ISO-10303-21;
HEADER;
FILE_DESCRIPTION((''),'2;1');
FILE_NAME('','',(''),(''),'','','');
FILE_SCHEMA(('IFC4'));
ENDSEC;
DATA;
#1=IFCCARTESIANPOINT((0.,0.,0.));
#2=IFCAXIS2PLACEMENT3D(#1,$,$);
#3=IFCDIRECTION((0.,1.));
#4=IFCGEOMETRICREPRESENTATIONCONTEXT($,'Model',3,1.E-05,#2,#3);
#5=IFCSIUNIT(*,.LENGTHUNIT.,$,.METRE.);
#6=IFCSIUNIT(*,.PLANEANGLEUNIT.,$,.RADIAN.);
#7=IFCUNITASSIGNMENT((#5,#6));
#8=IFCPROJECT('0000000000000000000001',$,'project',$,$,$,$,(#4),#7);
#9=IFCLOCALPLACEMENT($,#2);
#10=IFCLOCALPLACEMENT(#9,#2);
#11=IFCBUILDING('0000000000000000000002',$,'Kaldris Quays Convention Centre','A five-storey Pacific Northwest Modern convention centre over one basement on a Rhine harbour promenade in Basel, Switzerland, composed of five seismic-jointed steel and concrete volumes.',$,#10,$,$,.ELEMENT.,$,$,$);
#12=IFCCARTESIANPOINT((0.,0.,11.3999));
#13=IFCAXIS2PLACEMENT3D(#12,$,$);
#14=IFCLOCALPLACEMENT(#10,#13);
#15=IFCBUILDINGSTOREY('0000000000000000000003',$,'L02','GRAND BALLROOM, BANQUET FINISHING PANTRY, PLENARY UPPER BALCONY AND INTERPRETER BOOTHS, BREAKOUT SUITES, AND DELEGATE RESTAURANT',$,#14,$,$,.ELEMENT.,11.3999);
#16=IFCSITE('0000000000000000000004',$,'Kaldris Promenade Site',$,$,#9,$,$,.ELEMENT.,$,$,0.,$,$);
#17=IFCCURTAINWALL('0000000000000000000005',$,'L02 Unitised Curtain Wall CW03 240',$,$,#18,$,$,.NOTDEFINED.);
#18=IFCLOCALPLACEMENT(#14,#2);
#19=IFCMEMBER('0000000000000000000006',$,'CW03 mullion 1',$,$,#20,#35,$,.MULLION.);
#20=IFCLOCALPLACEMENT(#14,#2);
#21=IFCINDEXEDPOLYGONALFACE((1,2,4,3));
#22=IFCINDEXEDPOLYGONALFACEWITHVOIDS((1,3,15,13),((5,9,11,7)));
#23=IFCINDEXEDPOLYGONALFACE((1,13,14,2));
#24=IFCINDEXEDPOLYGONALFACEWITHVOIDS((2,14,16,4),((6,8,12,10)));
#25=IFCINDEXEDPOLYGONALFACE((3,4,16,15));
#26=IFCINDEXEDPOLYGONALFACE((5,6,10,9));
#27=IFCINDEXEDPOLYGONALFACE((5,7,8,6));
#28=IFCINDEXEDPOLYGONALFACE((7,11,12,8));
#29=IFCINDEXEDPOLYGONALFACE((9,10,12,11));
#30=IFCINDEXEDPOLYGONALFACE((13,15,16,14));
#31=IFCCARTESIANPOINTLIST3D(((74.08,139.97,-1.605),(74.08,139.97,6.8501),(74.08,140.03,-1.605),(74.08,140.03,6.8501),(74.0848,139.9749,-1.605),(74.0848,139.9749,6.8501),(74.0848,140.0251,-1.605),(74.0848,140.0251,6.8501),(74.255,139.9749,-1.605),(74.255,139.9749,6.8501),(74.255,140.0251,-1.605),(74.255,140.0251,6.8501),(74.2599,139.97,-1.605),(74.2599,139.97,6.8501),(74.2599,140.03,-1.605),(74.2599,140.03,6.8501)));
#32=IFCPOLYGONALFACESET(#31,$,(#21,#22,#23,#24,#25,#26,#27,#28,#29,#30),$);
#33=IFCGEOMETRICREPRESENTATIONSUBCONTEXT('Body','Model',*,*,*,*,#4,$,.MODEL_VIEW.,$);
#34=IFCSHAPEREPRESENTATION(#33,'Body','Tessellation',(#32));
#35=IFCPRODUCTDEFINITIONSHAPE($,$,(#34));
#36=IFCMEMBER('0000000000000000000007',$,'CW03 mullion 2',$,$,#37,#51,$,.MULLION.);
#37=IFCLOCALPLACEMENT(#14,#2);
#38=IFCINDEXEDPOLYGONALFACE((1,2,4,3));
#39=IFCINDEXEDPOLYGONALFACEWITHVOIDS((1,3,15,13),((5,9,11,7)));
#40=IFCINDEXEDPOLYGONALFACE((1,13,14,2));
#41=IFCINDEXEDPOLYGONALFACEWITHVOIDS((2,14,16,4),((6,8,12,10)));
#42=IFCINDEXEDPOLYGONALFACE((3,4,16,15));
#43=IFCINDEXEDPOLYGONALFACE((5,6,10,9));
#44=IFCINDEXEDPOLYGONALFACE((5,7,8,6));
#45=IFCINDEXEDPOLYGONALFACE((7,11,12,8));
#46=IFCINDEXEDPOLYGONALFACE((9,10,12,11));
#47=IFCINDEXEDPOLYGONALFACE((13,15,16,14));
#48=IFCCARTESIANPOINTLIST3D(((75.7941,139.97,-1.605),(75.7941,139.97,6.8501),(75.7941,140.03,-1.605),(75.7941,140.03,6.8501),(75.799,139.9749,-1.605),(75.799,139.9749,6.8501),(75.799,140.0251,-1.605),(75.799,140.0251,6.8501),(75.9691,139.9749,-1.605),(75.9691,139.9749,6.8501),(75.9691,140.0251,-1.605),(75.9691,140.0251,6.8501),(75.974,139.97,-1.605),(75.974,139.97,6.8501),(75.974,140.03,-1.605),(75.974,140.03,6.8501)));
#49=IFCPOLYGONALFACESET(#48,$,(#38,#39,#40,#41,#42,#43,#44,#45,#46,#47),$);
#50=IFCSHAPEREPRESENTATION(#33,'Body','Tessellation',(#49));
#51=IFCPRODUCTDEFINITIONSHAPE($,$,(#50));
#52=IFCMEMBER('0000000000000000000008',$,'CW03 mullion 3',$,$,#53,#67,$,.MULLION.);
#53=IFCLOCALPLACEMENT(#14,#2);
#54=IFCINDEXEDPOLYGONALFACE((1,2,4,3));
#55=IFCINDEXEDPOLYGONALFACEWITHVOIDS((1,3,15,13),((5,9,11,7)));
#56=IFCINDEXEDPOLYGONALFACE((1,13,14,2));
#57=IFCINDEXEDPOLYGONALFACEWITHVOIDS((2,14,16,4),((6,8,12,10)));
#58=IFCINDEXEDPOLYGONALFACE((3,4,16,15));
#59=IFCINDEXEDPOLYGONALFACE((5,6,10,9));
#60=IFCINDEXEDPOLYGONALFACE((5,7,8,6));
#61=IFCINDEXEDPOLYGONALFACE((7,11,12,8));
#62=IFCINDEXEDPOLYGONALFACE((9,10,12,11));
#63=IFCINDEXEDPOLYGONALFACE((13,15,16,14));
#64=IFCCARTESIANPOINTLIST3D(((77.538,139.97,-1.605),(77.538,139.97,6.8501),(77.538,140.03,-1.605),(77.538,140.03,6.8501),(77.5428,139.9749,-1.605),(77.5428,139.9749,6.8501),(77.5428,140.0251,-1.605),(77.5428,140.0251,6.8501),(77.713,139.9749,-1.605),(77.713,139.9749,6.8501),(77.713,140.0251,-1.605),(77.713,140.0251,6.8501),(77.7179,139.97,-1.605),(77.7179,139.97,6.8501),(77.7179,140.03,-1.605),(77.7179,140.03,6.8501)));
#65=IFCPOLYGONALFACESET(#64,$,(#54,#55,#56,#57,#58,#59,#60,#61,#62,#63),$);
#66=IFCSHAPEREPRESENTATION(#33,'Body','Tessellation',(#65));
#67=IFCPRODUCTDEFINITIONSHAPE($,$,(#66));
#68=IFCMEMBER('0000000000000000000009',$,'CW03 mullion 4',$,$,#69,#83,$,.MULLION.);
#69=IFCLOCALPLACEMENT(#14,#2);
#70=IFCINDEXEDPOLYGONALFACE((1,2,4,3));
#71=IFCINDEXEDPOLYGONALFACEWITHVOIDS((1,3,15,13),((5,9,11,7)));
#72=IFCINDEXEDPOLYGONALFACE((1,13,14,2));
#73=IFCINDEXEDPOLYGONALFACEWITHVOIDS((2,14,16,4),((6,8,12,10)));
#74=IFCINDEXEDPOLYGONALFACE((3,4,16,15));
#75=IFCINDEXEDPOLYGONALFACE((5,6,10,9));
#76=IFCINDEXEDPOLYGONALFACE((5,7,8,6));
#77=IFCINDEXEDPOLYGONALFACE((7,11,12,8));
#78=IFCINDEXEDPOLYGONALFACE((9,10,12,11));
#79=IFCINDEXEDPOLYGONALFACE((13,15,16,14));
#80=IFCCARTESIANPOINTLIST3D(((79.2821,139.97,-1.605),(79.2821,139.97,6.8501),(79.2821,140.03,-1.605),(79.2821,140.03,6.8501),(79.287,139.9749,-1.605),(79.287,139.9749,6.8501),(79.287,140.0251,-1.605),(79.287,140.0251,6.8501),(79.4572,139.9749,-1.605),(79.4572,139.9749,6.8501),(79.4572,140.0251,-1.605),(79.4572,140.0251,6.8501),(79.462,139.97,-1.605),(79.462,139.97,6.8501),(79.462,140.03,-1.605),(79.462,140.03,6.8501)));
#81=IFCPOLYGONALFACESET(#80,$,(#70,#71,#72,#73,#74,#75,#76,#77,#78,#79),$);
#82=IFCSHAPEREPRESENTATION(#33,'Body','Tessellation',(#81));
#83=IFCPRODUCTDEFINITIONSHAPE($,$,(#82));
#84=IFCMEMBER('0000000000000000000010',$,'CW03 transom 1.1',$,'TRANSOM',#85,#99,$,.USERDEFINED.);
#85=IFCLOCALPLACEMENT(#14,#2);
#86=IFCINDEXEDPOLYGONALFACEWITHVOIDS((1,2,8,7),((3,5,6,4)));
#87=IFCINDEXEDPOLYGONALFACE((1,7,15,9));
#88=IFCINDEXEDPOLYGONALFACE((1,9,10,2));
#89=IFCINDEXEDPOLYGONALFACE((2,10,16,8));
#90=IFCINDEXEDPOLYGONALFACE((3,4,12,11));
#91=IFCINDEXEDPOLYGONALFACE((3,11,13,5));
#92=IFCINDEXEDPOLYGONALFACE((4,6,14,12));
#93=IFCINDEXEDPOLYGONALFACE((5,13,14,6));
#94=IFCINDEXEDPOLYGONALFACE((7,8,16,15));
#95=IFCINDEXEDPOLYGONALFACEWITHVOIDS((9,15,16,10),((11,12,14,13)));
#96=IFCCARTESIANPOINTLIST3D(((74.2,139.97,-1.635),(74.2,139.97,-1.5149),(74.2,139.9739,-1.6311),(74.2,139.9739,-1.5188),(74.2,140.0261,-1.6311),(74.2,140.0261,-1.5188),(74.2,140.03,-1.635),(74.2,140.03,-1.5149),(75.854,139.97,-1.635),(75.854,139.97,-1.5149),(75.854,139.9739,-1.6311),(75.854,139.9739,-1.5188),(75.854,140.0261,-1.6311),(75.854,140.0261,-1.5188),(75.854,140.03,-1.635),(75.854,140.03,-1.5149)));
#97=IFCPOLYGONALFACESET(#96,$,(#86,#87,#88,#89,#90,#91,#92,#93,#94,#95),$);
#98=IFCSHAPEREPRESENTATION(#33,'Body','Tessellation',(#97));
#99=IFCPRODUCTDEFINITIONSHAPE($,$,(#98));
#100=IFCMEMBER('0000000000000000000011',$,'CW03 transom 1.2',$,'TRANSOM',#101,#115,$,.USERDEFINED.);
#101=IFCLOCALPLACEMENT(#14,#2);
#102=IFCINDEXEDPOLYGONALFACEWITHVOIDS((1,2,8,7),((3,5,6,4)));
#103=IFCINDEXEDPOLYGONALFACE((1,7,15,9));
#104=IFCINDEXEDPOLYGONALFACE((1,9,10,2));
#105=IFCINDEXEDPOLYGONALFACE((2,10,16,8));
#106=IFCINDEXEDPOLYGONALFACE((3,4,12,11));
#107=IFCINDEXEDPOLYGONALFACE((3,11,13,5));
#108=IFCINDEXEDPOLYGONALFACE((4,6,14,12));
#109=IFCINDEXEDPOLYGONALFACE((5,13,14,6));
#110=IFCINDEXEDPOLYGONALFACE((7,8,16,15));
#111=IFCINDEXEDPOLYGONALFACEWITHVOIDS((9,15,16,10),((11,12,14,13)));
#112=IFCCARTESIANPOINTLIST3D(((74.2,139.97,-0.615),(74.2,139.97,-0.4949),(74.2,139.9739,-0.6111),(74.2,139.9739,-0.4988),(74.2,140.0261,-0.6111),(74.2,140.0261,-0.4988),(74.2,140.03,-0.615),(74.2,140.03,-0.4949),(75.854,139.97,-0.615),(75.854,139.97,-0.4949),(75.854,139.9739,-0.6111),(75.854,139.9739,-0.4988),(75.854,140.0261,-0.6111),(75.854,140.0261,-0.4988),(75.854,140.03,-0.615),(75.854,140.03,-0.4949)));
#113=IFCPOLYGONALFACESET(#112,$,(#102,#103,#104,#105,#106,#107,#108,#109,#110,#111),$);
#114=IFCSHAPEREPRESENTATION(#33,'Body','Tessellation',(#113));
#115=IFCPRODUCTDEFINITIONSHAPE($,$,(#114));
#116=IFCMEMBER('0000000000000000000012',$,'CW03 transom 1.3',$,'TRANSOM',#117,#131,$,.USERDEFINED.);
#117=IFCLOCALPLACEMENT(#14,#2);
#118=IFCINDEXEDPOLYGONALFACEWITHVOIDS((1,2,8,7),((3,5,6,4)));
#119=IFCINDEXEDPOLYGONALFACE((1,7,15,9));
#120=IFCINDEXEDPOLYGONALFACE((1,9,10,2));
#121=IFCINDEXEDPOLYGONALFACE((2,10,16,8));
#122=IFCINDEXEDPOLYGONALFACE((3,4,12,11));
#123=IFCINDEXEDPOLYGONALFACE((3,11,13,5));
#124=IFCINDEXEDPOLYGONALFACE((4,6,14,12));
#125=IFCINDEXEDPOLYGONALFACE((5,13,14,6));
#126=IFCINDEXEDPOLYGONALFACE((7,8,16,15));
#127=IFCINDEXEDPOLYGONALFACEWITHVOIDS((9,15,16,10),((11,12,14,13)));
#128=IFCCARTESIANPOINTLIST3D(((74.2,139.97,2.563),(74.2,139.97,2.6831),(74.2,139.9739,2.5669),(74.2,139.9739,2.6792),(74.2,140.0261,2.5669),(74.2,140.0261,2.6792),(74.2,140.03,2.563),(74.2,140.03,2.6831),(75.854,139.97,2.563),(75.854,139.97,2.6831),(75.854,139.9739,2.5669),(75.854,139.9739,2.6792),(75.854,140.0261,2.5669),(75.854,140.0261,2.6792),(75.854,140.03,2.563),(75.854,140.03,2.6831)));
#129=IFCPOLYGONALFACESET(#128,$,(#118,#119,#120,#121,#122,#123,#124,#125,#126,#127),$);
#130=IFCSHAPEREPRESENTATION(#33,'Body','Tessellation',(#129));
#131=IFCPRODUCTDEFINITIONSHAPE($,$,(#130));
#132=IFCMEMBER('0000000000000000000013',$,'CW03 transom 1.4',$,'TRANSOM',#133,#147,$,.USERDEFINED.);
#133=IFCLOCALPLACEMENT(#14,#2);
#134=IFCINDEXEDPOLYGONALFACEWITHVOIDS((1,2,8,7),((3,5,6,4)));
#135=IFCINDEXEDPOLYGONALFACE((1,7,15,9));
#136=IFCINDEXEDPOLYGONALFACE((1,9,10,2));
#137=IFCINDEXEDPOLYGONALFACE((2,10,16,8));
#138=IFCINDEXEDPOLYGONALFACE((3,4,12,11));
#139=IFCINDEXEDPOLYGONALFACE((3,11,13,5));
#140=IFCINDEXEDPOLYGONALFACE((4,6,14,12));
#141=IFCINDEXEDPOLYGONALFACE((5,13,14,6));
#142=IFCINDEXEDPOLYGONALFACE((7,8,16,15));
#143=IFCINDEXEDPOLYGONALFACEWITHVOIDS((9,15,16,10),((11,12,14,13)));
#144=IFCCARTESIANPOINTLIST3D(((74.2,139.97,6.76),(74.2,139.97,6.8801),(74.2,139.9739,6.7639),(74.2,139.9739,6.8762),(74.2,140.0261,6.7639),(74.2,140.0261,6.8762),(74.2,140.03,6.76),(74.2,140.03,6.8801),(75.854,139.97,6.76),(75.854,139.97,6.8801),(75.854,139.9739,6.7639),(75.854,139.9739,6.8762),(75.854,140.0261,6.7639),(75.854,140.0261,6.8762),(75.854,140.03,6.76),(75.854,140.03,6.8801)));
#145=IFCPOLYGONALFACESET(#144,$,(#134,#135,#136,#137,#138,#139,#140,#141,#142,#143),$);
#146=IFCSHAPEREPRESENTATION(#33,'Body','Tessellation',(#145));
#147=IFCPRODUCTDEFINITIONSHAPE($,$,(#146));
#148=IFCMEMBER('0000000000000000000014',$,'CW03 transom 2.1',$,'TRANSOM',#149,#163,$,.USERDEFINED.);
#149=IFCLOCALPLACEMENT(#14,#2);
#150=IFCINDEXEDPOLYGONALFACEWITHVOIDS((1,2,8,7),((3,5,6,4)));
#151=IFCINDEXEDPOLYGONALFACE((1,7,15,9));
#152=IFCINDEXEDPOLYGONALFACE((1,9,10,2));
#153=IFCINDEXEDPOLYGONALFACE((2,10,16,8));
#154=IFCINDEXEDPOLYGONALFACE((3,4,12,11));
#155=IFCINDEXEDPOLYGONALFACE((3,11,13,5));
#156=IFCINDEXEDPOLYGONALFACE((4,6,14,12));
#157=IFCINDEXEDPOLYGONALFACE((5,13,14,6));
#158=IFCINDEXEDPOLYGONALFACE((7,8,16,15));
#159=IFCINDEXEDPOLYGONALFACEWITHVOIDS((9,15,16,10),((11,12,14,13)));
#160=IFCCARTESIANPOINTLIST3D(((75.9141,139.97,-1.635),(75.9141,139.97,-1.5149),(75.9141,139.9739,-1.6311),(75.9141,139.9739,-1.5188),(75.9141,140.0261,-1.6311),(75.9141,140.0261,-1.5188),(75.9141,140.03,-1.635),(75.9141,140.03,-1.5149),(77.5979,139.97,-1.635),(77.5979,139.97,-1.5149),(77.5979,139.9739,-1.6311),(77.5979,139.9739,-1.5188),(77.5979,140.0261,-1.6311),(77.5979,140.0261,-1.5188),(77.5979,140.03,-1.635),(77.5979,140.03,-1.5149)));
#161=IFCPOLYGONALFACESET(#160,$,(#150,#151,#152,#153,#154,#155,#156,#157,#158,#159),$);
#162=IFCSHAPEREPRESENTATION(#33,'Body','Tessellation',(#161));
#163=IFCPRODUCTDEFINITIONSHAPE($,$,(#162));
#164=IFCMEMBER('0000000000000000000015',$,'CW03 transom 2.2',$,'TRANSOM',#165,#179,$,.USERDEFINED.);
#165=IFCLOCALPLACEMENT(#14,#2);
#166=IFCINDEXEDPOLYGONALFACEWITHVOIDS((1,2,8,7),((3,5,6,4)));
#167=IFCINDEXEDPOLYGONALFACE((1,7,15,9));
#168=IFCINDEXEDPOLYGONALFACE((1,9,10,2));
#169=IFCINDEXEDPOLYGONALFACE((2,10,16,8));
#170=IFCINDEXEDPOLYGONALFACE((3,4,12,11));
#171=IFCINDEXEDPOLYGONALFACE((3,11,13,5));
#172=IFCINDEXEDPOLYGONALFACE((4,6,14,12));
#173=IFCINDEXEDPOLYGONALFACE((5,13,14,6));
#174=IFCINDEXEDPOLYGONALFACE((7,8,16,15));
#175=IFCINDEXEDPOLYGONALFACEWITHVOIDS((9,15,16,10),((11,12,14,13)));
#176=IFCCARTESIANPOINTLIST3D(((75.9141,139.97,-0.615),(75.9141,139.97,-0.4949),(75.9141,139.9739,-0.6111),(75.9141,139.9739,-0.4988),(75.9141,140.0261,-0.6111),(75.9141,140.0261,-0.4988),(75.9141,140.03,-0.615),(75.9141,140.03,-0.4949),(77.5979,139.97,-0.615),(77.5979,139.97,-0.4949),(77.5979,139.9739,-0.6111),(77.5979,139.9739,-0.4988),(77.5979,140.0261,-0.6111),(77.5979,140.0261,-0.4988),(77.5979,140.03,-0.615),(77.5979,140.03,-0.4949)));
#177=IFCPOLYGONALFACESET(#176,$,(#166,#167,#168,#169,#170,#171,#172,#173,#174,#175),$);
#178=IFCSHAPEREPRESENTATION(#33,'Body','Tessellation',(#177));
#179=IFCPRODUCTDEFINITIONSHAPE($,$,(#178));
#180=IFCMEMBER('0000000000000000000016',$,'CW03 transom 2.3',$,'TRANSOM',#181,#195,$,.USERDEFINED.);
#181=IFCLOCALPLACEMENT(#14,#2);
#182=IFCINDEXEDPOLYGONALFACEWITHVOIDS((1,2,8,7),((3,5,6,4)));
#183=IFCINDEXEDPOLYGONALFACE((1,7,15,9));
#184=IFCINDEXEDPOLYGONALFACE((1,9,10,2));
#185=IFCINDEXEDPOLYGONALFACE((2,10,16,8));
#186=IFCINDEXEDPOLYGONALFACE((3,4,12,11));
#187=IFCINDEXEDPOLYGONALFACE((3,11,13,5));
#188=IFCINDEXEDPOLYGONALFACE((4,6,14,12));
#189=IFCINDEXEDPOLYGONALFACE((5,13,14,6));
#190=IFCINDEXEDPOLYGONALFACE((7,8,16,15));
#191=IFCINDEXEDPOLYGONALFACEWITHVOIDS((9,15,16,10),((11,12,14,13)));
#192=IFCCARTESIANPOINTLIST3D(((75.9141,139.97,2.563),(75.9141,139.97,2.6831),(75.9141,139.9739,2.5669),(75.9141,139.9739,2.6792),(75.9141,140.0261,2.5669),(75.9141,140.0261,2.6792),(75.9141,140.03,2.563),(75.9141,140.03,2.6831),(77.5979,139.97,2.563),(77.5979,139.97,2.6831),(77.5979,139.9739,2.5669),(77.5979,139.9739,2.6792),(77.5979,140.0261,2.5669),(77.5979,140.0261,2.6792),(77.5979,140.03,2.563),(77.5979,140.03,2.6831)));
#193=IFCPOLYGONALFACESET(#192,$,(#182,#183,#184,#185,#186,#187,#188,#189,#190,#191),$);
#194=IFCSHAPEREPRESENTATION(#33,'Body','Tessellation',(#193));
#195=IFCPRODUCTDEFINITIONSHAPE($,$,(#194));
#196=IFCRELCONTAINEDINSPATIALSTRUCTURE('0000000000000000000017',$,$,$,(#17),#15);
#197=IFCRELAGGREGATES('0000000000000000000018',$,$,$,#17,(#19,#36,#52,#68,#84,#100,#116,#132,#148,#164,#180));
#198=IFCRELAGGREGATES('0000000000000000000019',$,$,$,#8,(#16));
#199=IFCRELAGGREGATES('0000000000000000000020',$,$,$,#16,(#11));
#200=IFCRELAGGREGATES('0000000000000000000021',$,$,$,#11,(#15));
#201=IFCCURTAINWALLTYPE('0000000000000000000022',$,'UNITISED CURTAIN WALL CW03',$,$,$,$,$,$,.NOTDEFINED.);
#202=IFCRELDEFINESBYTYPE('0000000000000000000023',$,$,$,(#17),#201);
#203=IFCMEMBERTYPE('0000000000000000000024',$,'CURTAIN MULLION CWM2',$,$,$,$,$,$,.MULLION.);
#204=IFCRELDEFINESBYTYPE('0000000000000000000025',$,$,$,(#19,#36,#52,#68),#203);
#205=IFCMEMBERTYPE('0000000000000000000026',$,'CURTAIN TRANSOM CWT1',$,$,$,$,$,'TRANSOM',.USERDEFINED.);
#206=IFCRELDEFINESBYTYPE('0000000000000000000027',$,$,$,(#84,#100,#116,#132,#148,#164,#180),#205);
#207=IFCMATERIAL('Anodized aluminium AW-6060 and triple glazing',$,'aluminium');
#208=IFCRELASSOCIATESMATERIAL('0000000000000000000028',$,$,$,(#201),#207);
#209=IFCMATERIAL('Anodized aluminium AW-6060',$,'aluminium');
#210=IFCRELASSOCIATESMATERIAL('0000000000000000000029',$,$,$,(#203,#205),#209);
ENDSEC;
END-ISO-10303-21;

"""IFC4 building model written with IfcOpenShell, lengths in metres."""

from ifc_helpers import new_model, si_unit, direction, frame, origin, origin_2d, place, context, subcontext, project, spatial, hollow_rectangle, extrude, material, material_profile, profile_set, type_object, element, aggregate, save


model = new_model("IFC4")

# Units and contexts
model_context = context("Model", 3, precision=1e-05, world=origin(), true_north=direction((0.0, 1.0)))
body_context = subcontext(model_context, "Body", "Model", "MODEL_VIEW")
ifc_project = project(units=[si_unit("LENGTHUNIT", "METRE"), si_unit("PLANEANGLEUNIT", "RADIAN")], contexts=[model_context])

# Site, building, storey
site_placement = place(None, origin())
site = spatial("IfcSite", under=ifc_project, at=site_placement, Name="Kaldris Promenade Site", CompositionType="ELEMENT", RefElevation=0.0)
building_placement = place(site_placement, origin())
building = spatial("IfcBuilding", under=site, at=building_placement, Name="Kaldris Quays Convention Centre", Description="A five-storey Pacific Northwest Modern convention centre over one basement on a Rhine harbour promenade in Basel, Switzerland, composed of five seismic-jointed steel and concrete volumes.", CompositionType="ELEMENT")
storey_placement = place(building_placement, frame((0.0, 0.0, 11.3999)))
storey = spatial("IfcBuildingStorey", under=building, at=storey_placement, Name="L02", Description="GRAND BALLROOM, BANQUET FINISHING PANTRY, PLENARY UPPER BALCONY AND INTERPRETER BOOTHS, BREAKOUT SUITES, AND DELEGATE RESTAURANT", CompositionType="ELEMENT", Elevation=11.3999)

# Curtain wall, members
ifc_material_1 = material(Name="Anodized aluminium AW-6060 and triple glazing", Category="aluminium")
curtain_wall_type = type_object("IfcCurtainWallType", Name="UNITISED CURTAIN WALL CW03", PredefinedType="NOTDEFINED", material=ifc_material_1)
curtain_wall_placement = place(storey_placement, origin())
curtain_wall = element("IfcCurtainWall", 1, at=curtain_wall_placement, inside=storey, type_object=curtain_wall_type, Name="L02 Unitised Curtain Wall CW03 240", PredefinedType="NOTDEFINED")
ifc_material_2 = material(Name="Anodized aluminium AW-6060", Category="aluminium")
ifc_material_profile_1 = material_profile(ifc_material_2, hollow_rectangle(XDim=0.0601, YDim=0.1799, WallThickness=0.0049, at=origin_2d()), Name="RHS 180x60x5")
ifc_profile_set_1 = profile_set([ifc_material_profile_1], Name="Anodized aluminium AW-6060")
member_type_1 = type_object("IfcMemberType", Name="CURTAIN MULLION CWM2", PredefinedType="MULLION", material=ifc_profile_set_1)
member_1_placement = place(storey_placement, frame((74.1699, 140.0, -1.605), z_axis=(0.0, 0.0, 1.0), x_axis=(0.0, 1.0, 0.0)))
member_1 = element("IfcMember", 2, at=member_1_placement, type_object=member_type_1, Name="CW03 mullion 1", PredefinedType="MULLION", context=body_context, shape_type="SweptSolid", body=[
    extrude(hollow_rectangle(XDim=0.0601, YDim=0.1799, WallThickness=0.0049, at=origin_2d()), origin(), (0.0, 0.0, 1.0), 8.4551),
])
member_2_placement = place(storey_placement, frame((75.884, 140.0, -1.605), z_axis=(0.0, 0.0, 1.0), x_axis=(0.0, 1.0, 0.0)))
member_2 = element("IfcMember", 3, at=member_2_placement, type_object=member_type_1, Name="CW03 mullion 2", PredefinedType="MULLION", context=body_context, shape_type="SweptSolid", body=[
    extrude(hollow_rectangle(XDim=0.0601, YDim=0.1799, WallThickness=0.0049, at=origin_2d()), origin(), (0.0, 0.0, 1.0), 8.4551),
])
member_3_placement = place(storey_placement, frame((77.6279, 140.0, -1.605), z_axis=(0.0, 0.0, 1.0), x_axis=(0.0, 1.0, 0.0)))
member_3 = element("IfcMember", 4, at=member_3_placement, type_object=member_type_1, Name="CW03 mullion 3", PredefinedType="MULLION", context=body_context, shape_type="SweptSolid", body=[
    extrude(hollow_rectangle(XDim=0.0601, YDim=0.1799, WallThickness=0.0049, at=origin_2d()), origin(), (0.0, 0.0, 1.0), 8.4551),
])
member_4_placement = place(storey_placement, frame((79.3721, 140.0, -1.605), z_axis=(0.0, 0.0, 1.0), x_axis=(0.0, 1.0, 0.0)))
member_4 = element("IfcMember", 5, at=member_4_placement, type_object=member_type_1, Name="CW03 mullion 4", PredefinedType="MULLION", context=body_context, shape_type="SweptSolid", body=[
    extrude(hollow_rectangle(XDim=0.0601, YDim=0.1799, WallThickness=0.0049, at=origin_2d()), origin(), (0.0, 0.0, 1.0), 8.4551),
])
ifc_material_profile_2 = material_profile(ifc_material_2, hollow_rectangle(XDim=0.0601, YDim=0.1201, WallThickness=0.0039, at=origin_2d()), Name="RHS 120x60x4")
ifc_profile_set_2 = profile_set([ifc_material_profile_2], Name="Anodized aluminium AW-6060")
member_type_2 = type_object("IfcMemberType", Name="CURTAIN TRANSOM CWT1", ElementType="TRANSOM", PredefinedType="USERDEFINED", material=ifc_profile_set_2)
member_5_placement = place(storey_placement, frame((74.2, 140.0, -1.575), z_axis=(1.0, 0.0, 0.0), x_axis=(0.0, 1.0, 0.0)))
member_5 = element("IfcMember", 6, at=member_5_placement, type_object=member_type_2, Name="CW03 transom 1.1", ObjectType="TRANSOM", PredefinedType="USERDEFINED", context=body_context, shape_type="SweptSolid", body=[
    extrude(hollow_rectangle(XDim=0.0601, YDim=0.1201, WallThickness=0.0039, at=origin_2d()), origin(), (0.0, 0.0, 1.0), 1.6541),
])
member_6_placement = place(storey_placement, frame((74.2, 140.0, -0.5549), z_axis=(1.0, 0.0, 0.0), x_axis=(0.0, 1.0, 0.0)))
member_6 = element("IfcMember", 7, at=member_6_placement, type_object=member_type_2, Name="CW03 transom 1.2", ObjectType="TRANSOM", PredefinedType="USERDEFINED", context=body_context, shape_type="SweptSolid", body=[
    extrude(hollow_rectangle(XDim=0.0601, YDim=0.1201, WallThickness=0.0039, at=origin_2d()), origin(), (0.0, 0.0, 1.0), 1.6541),
])
member_7_placement = place(storey_placement, frame((74.2, 140.0, 2.623), z_axis=(1.0, 0.0, 0.0), x_axis=(0.0, 1.0, 0.0)))
member_7 = element("IfcMember", 8, at=member_7_placement, type_object=member_type_2, Name="CW03 transom 1.3", ObjectType="TRANSOM", PredefinedType="USERDEFINED", context=body_context, shape_type="SweptSolid", body=[
    extrude(hollow_rectangle(XDim=0.0601, YDim=0.1201, WallThickness=0.0039, at=origin_2d()), origin(), (0.0, 0.0, 1.0), 1.6541),
])
member_8_placement = place(storey_placement, frame((74.2, 140.0, 6.8201), z_axis=(1.0, 0.0, 0.0), x_axis=(0.0, 1.0, 0.0)))
member_8 = element("IfcMember", 9, at=member_8_placement, type_object=member_type_2, Name="CW03 transom 1.4", ObjectType="TRANSOM", PredefinedType="USERDEFINED", context=body_context, shape_type="SweptSolid", body=[
    extrude(hollow_rectangle(XDim=0.0601, YDim=0.1201, WallThickness=0.0039, at=origin_2d()), origin(), (0.0, 0.0, 1.0), 1.6541),
])
member_9_placement = place(storey_placement, frame((75.9141, 140.0, -1.575), z_axis=(1.0, 0.0, 0.0), x_axis=(0.0, 1.0, 0.0)))
member_9 = element("IfcMember", 10, at=member_9_placement, type_object=member_type_2, Name="CW03 transom 2.1", ObjectType="TRANSOM", PredefinedType="USERDEFINED", context=body_context, shape_type="SweptSolid", body=[
    extrude(hollow_rectangle(XDim=0.0601, YDim=0.1201, WallThickness=0.0039, at=origin_2d()), origin(), (0.0, 0.0, 1.0), 1.6838),
])
member_10_placement = place(storey_placement, frame((75.9141, 140.0, -0.5549), z_axis=(1.0, 0.0, 0.0), x_axis=(0.0, 1.0, 0.0)))
member_10 = element("IfcMember", 11, at=member_10_placement, type_object=member_type_2, Name="CW03 transom 2.2", ObjectType="TRANSOM", PredefinedType="USERDEFINED", context=body_context, shape_type="SweptSolid", body=[
    extrude(hollow_rectangle(XDim=0.0601, YDim=0.1201, WallThickness=0.0039, at=origin_2d()), origin(), (0.0, 0.0, 1.0), 1.6838),
])
member_11_placement = place(storey_placement, frame((75.9141, 140.0, 2.623), z_axis=(1.0, 0.0, 0.0), x_axis=(0.0, 1.0, 0.0)))
member_11 = element("IfcMember", 12, at=member_11_placement, type_object=member_type_2, Name="CW03 transom 2.3", ObjectType="TRANSOM", PredefinedType="USERDEFINED", context=body_context, shape_type="SweptSolid", body=[
    extrude(hollow_rectangle(XDim=0.0601, YDim=0.1201, WallThickness=0.0039, at=origin_2d()), origin(), (0.0, 0.0, 1.0), 1.6838),
])

aggregate(curtain_wall, [member_1, member_2, member_3, member_4, member_5, member_6, member_7, member_8, member_9, member_10, member_11])

save(model, "model.ifc")
